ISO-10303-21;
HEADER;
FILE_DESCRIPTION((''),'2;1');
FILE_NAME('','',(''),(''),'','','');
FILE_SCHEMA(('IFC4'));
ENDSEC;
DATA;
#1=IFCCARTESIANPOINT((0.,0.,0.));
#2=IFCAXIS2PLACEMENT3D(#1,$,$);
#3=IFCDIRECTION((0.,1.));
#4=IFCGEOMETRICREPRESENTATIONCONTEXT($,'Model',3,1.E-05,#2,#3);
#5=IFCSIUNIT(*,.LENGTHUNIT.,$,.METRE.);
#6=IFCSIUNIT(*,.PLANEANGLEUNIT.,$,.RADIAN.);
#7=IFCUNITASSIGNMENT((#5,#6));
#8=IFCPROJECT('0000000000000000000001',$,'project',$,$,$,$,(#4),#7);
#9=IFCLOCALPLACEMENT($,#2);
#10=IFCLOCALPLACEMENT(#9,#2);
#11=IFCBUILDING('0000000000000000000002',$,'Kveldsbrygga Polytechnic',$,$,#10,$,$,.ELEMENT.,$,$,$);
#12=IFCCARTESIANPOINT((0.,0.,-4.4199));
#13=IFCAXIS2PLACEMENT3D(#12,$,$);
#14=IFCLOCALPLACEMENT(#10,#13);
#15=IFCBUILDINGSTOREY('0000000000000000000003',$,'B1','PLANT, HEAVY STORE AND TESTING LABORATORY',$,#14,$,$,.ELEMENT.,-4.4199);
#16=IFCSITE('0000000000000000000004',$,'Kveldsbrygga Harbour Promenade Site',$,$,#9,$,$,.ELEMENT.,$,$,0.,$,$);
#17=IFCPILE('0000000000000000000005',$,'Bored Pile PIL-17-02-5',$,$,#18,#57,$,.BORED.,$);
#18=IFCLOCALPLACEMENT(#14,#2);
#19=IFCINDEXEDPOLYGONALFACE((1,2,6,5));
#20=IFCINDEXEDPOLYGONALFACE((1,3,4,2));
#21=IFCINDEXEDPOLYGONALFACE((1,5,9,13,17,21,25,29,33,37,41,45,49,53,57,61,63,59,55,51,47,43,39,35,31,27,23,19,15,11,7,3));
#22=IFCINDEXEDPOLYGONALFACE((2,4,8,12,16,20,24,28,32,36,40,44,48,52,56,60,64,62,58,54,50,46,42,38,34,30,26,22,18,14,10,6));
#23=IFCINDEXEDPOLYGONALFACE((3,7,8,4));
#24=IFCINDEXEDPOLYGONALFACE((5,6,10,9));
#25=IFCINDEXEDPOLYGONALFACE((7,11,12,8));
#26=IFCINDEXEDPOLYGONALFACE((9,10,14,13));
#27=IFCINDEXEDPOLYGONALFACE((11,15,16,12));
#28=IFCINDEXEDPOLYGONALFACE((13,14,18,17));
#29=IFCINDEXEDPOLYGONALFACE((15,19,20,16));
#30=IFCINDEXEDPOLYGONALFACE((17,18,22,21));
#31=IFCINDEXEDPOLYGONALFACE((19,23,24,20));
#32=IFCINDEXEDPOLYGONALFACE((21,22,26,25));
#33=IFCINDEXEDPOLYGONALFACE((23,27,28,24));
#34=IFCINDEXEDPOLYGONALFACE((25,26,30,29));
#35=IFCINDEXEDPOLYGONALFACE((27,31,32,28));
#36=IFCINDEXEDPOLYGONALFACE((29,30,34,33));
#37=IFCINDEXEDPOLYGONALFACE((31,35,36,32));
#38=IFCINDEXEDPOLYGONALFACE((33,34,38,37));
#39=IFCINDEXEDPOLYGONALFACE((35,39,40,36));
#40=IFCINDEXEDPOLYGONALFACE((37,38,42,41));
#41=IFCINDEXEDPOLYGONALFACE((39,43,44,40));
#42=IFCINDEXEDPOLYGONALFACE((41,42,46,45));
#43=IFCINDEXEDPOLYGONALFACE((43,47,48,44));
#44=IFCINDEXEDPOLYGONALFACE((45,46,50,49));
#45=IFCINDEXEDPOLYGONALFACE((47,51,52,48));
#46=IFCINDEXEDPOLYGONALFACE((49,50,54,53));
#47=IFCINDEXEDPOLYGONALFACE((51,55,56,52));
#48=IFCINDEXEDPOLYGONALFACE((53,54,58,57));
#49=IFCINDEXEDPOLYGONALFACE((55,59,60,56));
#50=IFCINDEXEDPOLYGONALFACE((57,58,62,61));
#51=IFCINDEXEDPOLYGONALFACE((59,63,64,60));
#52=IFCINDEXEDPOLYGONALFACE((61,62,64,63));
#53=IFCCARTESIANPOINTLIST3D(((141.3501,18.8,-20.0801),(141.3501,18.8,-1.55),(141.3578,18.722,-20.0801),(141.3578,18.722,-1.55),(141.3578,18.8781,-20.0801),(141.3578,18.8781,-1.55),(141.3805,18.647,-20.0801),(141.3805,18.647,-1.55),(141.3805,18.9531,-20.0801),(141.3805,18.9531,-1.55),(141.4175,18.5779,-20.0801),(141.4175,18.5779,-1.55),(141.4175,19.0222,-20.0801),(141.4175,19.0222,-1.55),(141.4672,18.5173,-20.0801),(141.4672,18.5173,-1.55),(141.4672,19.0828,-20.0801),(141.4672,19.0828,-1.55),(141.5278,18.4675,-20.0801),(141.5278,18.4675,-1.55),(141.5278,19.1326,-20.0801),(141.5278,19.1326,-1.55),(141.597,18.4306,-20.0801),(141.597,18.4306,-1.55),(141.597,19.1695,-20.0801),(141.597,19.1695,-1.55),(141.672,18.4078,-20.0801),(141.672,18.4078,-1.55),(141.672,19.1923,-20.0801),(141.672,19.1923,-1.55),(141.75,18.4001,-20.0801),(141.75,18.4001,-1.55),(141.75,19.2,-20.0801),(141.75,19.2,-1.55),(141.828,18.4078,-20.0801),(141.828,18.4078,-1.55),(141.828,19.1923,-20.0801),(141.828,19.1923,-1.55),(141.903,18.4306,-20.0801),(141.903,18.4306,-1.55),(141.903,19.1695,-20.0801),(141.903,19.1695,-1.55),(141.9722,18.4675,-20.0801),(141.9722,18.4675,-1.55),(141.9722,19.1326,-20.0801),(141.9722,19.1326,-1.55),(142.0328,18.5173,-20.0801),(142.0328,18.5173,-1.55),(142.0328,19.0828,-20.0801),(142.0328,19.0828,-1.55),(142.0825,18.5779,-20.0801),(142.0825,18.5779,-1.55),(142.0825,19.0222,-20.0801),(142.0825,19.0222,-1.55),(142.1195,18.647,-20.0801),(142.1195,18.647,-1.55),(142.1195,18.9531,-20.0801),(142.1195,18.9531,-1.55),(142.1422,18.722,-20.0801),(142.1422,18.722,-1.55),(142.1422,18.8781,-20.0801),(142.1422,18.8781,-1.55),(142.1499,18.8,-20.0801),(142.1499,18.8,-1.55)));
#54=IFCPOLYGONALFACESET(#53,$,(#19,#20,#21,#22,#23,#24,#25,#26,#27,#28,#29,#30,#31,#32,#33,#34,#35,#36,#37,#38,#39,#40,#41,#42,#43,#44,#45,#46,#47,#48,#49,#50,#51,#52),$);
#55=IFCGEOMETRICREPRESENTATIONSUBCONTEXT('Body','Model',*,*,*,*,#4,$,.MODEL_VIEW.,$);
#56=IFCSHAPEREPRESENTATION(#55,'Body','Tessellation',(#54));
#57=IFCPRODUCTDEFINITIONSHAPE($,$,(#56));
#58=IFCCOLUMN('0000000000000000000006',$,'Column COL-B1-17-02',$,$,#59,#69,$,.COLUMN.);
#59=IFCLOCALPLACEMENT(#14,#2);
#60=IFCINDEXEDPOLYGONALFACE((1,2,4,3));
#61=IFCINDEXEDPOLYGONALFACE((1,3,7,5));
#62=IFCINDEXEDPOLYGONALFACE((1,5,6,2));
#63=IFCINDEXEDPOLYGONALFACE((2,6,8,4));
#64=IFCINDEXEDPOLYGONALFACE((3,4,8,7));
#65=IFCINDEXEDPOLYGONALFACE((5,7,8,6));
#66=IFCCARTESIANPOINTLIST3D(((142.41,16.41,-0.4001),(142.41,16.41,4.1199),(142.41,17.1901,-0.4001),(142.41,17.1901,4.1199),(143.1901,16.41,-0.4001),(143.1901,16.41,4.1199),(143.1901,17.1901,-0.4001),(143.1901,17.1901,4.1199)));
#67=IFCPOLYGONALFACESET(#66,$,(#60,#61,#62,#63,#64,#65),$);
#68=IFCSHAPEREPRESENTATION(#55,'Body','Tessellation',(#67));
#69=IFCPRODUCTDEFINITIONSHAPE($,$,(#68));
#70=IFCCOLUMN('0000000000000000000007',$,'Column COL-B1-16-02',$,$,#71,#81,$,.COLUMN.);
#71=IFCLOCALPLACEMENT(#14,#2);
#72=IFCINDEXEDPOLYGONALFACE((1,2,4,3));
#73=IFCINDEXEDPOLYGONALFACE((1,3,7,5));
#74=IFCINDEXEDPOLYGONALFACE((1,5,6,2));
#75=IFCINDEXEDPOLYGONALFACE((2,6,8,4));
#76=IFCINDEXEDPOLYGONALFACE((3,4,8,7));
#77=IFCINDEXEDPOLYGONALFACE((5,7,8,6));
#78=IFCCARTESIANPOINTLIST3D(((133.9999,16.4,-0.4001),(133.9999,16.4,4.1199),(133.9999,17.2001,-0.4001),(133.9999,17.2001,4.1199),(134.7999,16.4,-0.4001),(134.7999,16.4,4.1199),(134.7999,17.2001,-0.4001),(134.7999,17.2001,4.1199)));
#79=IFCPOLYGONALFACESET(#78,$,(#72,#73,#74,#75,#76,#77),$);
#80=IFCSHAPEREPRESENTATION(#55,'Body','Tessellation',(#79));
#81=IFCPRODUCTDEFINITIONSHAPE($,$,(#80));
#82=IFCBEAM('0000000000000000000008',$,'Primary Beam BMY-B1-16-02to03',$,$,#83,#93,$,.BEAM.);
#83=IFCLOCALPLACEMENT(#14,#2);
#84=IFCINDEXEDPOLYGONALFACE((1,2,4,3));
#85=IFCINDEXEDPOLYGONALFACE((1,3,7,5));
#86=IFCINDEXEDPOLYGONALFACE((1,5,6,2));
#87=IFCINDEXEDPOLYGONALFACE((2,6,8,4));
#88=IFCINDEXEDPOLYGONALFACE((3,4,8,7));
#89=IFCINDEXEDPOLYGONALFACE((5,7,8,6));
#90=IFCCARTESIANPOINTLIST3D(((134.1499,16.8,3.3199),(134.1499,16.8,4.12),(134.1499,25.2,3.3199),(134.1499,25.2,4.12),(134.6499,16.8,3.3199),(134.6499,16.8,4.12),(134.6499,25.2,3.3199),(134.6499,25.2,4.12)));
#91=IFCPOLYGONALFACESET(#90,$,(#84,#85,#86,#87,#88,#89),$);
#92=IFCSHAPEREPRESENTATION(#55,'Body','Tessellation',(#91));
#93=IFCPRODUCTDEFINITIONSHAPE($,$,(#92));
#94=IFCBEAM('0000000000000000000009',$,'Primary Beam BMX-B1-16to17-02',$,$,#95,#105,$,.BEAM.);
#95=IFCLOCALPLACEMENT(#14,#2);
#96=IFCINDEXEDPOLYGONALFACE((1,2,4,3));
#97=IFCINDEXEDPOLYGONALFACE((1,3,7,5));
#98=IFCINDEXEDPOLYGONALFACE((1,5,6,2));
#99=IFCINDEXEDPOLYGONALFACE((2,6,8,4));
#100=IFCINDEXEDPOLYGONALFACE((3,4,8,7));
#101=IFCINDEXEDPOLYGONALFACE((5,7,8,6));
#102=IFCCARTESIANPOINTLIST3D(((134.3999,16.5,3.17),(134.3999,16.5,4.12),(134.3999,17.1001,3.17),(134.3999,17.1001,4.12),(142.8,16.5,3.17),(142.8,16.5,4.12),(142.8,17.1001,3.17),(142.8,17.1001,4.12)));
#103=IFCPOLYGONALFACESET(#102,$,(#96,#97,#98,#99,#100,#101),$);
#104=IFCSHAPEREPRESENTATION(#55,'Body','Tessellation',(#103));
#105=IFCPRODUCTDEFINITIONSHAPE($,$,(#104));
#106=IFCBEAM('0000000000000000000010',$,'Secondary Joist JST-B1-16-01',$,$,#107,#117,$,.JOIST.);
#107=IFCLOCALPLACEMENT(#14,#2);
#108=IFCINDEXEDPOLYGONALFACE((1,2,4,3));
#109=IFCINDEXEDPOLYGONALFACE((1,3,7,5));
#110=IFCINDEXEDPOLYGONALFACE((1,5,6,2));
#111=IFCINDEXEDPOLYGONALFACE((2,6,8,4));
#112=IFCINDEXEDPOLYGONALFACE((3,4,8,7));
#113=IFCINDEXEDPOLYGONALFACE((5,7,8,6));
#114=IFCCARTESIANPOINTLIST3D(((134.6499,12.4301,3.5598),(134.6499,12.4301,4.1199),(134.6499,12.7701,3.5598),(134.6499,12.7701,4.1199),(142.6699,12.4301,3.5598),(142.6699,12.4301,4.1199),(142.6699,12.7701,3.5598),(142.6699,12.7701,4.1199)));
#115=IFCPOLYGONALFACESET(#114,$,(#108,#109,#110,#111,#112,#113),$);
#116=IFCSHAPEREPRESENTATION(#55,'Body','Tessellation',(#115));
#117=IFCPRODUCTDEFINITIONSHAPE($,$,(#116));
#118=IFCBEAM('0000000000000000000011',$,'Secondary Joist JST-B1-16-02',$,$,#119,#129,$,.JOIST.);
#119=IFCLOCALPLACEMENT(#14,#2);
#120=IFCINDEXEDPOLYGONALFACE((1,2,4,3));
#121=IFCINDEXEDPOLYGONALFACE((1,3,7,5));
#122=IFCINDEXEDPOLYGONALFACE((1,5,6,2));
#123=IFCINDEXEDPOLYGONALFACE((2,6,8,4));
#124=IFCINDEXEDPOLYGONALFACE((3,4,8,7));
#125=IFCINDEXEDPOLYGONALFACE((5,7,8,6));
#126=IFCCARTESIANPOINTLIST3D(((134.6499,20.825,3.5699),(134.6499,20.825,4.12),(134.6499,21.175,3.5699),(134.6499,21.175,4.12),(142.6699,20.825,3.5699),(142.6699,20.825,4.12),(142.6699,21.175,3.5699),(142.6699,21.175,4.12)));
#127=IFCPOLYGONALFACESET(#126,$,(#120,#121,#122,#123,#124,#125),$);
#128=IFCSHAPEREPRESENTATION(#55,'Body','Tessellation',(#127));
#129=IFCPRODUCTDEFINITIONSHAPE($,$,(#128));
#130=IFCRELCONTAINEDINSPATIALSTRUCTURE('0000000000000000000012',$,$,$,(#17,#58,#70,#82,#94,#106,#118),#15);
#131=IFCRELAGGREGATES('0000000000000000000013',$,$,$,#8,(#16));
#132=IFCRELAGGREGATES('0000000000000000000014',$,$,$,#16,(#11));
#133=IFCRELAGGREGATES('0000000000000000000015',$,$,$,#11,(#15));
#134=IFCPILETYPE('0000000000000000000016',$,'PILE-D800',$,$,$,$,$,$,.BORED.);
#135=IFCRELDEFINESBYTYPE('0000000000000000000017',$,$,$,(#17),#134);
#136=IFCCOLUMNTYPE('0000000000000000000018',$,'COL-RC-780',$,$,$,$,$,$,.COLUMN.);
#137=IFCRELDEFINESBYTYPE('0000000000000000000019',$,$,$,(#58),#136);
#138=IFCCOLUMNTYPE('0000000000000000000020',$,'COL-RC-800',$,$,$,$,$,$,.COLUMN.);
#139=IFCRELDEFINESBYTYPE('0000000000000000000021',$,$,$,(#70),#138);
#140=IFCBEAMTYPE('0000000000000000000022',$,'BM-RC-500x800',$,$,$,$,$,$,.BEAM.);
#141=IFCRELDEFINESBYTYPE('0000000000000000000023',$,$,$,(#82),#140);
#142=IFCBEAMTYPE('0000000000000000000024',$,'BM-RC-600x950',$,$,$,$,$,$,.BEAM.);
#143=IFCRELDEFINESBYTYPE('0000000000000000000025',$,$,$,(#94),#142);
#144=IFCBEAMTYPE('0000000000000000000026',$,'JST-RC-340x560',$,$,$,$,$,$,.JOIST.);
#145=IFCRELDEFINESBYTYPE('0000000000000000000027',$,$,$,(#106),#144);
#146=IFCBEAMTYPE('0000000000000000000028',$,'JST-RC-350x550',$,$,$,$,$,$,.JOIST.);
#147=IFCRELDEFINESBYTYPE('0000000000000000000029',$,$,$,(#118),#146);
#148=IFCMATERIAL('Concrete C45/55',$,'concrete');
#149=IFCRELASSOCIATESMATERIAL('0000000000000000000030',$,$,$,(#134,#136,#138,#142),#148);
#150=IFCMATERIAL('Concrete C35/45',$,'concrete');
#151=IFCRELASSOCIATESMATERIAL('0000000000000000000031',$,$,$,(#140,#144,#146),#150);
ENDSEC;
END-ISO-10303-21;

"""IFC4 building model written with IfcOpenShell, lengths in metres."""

from ifc_helpers import new_model, si_unit, direction, frame, origin, origin_2d, place, context, subcontext, project, spatial, rectangle, circle, extrude, material, material_profile, profile_set, type_object, element, save


model = new_model("IFC4")

# Units and contexts
model_context = context("Model", 3, precision=1e-05, world=origin(), true_north=direction((0.0, 1.0)))
body_context = subcontext(model_context, "Body", "Model", "MODEL_VIEW")
ifc_project = project(units=[si_unit("LENGTHUNIT", "METRE"), si_unit("PLANEANGLEUNIT", "RADIAN")], contexts=[model_context])

# Site, building, storey
site_placement = place(None, origin())
site = spatial("IfcSite", under=ifc_project, at=site_placement, Name="Kveldsbrygga Harbour Promenade Site", CompositionType="ELEMENT", RefElevation=0.0)
building_placement = place(site_placement, origin())
building = spatial("IfcBuilding", under=site, at=building_placement, Name="Kveldsbrygga Polytechnic", CompositionType="ELEMENT")
storey_placement = place(building_placement, frame((0.0, 0.0, -4.4199)))
storey = spatial("IfcBuildingStorey", under=building, at=storey_placement, Name="B1", Description="PLANT, HEAVY STORE AND TESTING LABORATORY", CompositionType="ELEMENT", Elevation=-4.4199)

# Shared definitions
ifc_material_1 = material(Name="Concrete C45/55", Category="concrete")

# Pile
ifc_material_profile_1 = material_profile(ifc_material_1, circle(Radius=0.3999, at=origin_2d()), Name="PILE D800")
ifc_profile_set_1 = profile_set([ifc_material_profile_1], Name="Concrete C45/55")
pile_type = type_object("IfcPileType", Name="PILE-D800", PredefinedType="BORED", material=ifc_profile_set_1)
for number, where, z_axis, x_axis, name in (
    (1, (141.75, 18.8, -1.55), (0.0, 0.0, -1.0), (1.0, 0.0, 0.0), "Bored Pile PIL-17-02-5"),
):
    element("IfcPile", number, at=place(storey_placement, frame(where, z_axis=z_axis, x_axis=x_axis)), inside=storey, type_object=pile_type, Name=name, PredefinedType="BORED", context=body_context, shape_type="SweptSolid", body=[
        extrude(circle(Radius=0.3999, at=origin_2d()), origin(), (0.0, 0.0, 1.0), 18.53),
    ])

# Columns
ifc_material_profile_2 = material_profile(ifc_material_1, rectangle(XDim=0.78, YDim=0.78, at=origin_2d()), Name="RC 780x780")
ifc_profile_set_2 = profile_set([ifc_material_profile_2], Name="Concrete C45/55")
column_type_1 = type_object("IfcColumnType", Name="COL-RC-780", PredefinedType="COLUMN", material=ifc_profile_set_2)
column_1_placement = place(storey_placement, frame((142.8, 16.8, -0.4001), z_axis=(0.0, 0.0, 1.0), x_axis=(1.0, 0.0, 0.0)))
element("IfcColumn", 2, at=column_1_placement, inside=storey, type_object=column_type_1, Name="Column COL-B1-17-02", PredefinedType="COLUMN", context=body_context, shape_type="SweptSolid", body=[
    extrude(rectangle(XDim=0.78, YDim=0.78, at=origin_2d()), origin(), (0.0, 0.0, 1.0), 4.52),
])
ifc_material_profile_3 = material_profile(ifc_material_1, rectangle(XDim=0.8, YDim=0.8, at=origin_2d()), Name="RC 800x800")
ifc_profile_set_3 = profile_set([ifc_material_profile_3], Name="Concrete C45/55")
column_type_2 = type_object("IfcColumnType", Name="COL-RC-800", PredefinedType="COLUMN", material=ifc_profile_set_3)
column_2_placement = place(storey_placement, frame((134.3999, 16.8, -0.4001), z_axis=(0.0, 0.0, 1.0), x_axis=(1.0, 0.0, 0.0)))
element("IfcColumn", 3, at=column_2_placement, inside=storey, type_object=column_type_2, Name="Column COL-B1-16-02", PredefinedType="COLUMN", context=body_context, shape_type="SweptSolid", body=[
    extrude(rectangle(XDim=0.8, YDim=0.8, at=origin_2d()), origin(), (0.0, 0.0, 1.0), 4.52),
])

# Beams
ifc_material_2 = material(Name="Concrete C35/45", Category="concrete")
ifc_material_profile_4 = material_profile(ifc_material_2, rectangle(XDim=0.5, YDim=0.8, at=origin_2d()), Name="RC 500x800")
ifc_profile_set_4 = profile_set([ifc_material_profile_4], Name="Concrete C35/45")
beam_type_1 = type_object("IfcBeamType", Name="BM-RC-500x800", PredefinedType="BEAM", material=ifc_profile_set_4)
beam_1_placement = place(storey_placement, frame((134.3999, 16.8, 3.72), z_axis=(0.0, 1.0, 0.0), x_axis=(-1.0, 0.0, 0.0)))
element("IfcBeam", 4, at=beam_1_placement, inside=storey, type_object=beam_type_1, Name="Primary Beam BMY-B1-16-02to03", PredefinedType="BEAM", context=body_context, shape_type="SweptSolid", body=[
    extrude(rectangle(XDim=0.5, YDim=0.8, at=origin_2d()), origin(), (0.0, 0.0, 1.0), 8.3999),
])
ifc_material_profile_5 = material_profile(ifc_material_1, rectangle(XDim=0.6001, YDim=0.95, at=origin_2d()), Name="RC 600x950")
ifc_profile_set_5 = profile_set([ifc_material_profile_5], Name="Concrete C45/55")
beam_type_2 = type_object("IfcBeamType", Name="BM-RC-600x950", PredefinedType="BEAM", material=ifc_profile_set_5)
beam_2_placement = place(storey_placement, frame((134.3999, 16.8, 3.645), z_axis=(1.0, 0.0, 0.0), x_axis=(0.0, 1.0, 0.0)))
element("IfcBeam", 5, at=beam_2_placement, inside=storey, type_object=beam_type_2, Name="Primary Beam BMX-B1-16to17-02", PredefinedType="BEAM", context=body_context, shape_type="SweptSolid", body=[
    extrude(rectangle(XDim=0.6001, YDim=0.95, at=origin_2d()), origin(), (0.0, 0.0, 1.0), 8.4001),
])
ifc_material_profile_6 = material_profile(ifc_material_2, rectangle(XDim=0.3401, YDim=0.5601, at=origin_2d()), Name="RC 340x560")
ifc_profile_set_6 = profile_set([ifc_material_profile_6], Name="Concrete C35/45")
beam_type_3 = type_object("IfcBeamType", Name="JST-RC-340x560", PredefinedType="JOIST", material=ifc_profile_set_6)
beam_3_placement = place(storey_placement, frame((134.6499, 12.6001, 3.8398), z_axis=(1.0, 0.0, 0.0), x_axis=(0.0, 1.0, 0.0)))
element("IfcBeam", 6, at=beam_3_placement, inside=storey, type_object=beam_type_3, Name="Secondary Joist JST-B1-16-01", PredefinedType="JOIST", context=body_context, shape_type="SweptSolid", body=[
    extrude(rectangle(XDim=0.3401, YDim=0.5601, at=origin_2d()), origin(), (0.0, 0.0, 1.0), 8.02),
])
ifc_material_profile_7 = material_profile(ifc_material_2, rectangle(XDim=0.3501, YDim=0.55, at=origin_2d()), Name="RC 350x550")
ifc_profile_set_7 = profile_set([ifc_material_profile_7], Name="Concrete C35/45")
beam_type_4 = type_object("IfcBeamType", Name="JST-RC-350x550", PredefinedType="JOIST", material=ifc_profile_set_7)
beam_4_placement = place(storey_placement, frame((134.6499, 21.0, 3.845), z_axis=(1.0, 0.0, 0.0), x_axis=(0.0, 1.0, 0.0)))
element("IfcBeam", 7, at=beam_4_placement, inside=storey, type_object=beam_type_4, Name="Secondary Joist JST-B1-16-02", PredefinedType="JOIST", context=body_context, shape_type="SweptSolid", body=[
    extrude(rectangle(XDim=0.3501, YDim=0.55, at=origin_2d()), origin(), (0.0, 0.0, 1.0), 8.02),
])

save(model, "model.ifc")
